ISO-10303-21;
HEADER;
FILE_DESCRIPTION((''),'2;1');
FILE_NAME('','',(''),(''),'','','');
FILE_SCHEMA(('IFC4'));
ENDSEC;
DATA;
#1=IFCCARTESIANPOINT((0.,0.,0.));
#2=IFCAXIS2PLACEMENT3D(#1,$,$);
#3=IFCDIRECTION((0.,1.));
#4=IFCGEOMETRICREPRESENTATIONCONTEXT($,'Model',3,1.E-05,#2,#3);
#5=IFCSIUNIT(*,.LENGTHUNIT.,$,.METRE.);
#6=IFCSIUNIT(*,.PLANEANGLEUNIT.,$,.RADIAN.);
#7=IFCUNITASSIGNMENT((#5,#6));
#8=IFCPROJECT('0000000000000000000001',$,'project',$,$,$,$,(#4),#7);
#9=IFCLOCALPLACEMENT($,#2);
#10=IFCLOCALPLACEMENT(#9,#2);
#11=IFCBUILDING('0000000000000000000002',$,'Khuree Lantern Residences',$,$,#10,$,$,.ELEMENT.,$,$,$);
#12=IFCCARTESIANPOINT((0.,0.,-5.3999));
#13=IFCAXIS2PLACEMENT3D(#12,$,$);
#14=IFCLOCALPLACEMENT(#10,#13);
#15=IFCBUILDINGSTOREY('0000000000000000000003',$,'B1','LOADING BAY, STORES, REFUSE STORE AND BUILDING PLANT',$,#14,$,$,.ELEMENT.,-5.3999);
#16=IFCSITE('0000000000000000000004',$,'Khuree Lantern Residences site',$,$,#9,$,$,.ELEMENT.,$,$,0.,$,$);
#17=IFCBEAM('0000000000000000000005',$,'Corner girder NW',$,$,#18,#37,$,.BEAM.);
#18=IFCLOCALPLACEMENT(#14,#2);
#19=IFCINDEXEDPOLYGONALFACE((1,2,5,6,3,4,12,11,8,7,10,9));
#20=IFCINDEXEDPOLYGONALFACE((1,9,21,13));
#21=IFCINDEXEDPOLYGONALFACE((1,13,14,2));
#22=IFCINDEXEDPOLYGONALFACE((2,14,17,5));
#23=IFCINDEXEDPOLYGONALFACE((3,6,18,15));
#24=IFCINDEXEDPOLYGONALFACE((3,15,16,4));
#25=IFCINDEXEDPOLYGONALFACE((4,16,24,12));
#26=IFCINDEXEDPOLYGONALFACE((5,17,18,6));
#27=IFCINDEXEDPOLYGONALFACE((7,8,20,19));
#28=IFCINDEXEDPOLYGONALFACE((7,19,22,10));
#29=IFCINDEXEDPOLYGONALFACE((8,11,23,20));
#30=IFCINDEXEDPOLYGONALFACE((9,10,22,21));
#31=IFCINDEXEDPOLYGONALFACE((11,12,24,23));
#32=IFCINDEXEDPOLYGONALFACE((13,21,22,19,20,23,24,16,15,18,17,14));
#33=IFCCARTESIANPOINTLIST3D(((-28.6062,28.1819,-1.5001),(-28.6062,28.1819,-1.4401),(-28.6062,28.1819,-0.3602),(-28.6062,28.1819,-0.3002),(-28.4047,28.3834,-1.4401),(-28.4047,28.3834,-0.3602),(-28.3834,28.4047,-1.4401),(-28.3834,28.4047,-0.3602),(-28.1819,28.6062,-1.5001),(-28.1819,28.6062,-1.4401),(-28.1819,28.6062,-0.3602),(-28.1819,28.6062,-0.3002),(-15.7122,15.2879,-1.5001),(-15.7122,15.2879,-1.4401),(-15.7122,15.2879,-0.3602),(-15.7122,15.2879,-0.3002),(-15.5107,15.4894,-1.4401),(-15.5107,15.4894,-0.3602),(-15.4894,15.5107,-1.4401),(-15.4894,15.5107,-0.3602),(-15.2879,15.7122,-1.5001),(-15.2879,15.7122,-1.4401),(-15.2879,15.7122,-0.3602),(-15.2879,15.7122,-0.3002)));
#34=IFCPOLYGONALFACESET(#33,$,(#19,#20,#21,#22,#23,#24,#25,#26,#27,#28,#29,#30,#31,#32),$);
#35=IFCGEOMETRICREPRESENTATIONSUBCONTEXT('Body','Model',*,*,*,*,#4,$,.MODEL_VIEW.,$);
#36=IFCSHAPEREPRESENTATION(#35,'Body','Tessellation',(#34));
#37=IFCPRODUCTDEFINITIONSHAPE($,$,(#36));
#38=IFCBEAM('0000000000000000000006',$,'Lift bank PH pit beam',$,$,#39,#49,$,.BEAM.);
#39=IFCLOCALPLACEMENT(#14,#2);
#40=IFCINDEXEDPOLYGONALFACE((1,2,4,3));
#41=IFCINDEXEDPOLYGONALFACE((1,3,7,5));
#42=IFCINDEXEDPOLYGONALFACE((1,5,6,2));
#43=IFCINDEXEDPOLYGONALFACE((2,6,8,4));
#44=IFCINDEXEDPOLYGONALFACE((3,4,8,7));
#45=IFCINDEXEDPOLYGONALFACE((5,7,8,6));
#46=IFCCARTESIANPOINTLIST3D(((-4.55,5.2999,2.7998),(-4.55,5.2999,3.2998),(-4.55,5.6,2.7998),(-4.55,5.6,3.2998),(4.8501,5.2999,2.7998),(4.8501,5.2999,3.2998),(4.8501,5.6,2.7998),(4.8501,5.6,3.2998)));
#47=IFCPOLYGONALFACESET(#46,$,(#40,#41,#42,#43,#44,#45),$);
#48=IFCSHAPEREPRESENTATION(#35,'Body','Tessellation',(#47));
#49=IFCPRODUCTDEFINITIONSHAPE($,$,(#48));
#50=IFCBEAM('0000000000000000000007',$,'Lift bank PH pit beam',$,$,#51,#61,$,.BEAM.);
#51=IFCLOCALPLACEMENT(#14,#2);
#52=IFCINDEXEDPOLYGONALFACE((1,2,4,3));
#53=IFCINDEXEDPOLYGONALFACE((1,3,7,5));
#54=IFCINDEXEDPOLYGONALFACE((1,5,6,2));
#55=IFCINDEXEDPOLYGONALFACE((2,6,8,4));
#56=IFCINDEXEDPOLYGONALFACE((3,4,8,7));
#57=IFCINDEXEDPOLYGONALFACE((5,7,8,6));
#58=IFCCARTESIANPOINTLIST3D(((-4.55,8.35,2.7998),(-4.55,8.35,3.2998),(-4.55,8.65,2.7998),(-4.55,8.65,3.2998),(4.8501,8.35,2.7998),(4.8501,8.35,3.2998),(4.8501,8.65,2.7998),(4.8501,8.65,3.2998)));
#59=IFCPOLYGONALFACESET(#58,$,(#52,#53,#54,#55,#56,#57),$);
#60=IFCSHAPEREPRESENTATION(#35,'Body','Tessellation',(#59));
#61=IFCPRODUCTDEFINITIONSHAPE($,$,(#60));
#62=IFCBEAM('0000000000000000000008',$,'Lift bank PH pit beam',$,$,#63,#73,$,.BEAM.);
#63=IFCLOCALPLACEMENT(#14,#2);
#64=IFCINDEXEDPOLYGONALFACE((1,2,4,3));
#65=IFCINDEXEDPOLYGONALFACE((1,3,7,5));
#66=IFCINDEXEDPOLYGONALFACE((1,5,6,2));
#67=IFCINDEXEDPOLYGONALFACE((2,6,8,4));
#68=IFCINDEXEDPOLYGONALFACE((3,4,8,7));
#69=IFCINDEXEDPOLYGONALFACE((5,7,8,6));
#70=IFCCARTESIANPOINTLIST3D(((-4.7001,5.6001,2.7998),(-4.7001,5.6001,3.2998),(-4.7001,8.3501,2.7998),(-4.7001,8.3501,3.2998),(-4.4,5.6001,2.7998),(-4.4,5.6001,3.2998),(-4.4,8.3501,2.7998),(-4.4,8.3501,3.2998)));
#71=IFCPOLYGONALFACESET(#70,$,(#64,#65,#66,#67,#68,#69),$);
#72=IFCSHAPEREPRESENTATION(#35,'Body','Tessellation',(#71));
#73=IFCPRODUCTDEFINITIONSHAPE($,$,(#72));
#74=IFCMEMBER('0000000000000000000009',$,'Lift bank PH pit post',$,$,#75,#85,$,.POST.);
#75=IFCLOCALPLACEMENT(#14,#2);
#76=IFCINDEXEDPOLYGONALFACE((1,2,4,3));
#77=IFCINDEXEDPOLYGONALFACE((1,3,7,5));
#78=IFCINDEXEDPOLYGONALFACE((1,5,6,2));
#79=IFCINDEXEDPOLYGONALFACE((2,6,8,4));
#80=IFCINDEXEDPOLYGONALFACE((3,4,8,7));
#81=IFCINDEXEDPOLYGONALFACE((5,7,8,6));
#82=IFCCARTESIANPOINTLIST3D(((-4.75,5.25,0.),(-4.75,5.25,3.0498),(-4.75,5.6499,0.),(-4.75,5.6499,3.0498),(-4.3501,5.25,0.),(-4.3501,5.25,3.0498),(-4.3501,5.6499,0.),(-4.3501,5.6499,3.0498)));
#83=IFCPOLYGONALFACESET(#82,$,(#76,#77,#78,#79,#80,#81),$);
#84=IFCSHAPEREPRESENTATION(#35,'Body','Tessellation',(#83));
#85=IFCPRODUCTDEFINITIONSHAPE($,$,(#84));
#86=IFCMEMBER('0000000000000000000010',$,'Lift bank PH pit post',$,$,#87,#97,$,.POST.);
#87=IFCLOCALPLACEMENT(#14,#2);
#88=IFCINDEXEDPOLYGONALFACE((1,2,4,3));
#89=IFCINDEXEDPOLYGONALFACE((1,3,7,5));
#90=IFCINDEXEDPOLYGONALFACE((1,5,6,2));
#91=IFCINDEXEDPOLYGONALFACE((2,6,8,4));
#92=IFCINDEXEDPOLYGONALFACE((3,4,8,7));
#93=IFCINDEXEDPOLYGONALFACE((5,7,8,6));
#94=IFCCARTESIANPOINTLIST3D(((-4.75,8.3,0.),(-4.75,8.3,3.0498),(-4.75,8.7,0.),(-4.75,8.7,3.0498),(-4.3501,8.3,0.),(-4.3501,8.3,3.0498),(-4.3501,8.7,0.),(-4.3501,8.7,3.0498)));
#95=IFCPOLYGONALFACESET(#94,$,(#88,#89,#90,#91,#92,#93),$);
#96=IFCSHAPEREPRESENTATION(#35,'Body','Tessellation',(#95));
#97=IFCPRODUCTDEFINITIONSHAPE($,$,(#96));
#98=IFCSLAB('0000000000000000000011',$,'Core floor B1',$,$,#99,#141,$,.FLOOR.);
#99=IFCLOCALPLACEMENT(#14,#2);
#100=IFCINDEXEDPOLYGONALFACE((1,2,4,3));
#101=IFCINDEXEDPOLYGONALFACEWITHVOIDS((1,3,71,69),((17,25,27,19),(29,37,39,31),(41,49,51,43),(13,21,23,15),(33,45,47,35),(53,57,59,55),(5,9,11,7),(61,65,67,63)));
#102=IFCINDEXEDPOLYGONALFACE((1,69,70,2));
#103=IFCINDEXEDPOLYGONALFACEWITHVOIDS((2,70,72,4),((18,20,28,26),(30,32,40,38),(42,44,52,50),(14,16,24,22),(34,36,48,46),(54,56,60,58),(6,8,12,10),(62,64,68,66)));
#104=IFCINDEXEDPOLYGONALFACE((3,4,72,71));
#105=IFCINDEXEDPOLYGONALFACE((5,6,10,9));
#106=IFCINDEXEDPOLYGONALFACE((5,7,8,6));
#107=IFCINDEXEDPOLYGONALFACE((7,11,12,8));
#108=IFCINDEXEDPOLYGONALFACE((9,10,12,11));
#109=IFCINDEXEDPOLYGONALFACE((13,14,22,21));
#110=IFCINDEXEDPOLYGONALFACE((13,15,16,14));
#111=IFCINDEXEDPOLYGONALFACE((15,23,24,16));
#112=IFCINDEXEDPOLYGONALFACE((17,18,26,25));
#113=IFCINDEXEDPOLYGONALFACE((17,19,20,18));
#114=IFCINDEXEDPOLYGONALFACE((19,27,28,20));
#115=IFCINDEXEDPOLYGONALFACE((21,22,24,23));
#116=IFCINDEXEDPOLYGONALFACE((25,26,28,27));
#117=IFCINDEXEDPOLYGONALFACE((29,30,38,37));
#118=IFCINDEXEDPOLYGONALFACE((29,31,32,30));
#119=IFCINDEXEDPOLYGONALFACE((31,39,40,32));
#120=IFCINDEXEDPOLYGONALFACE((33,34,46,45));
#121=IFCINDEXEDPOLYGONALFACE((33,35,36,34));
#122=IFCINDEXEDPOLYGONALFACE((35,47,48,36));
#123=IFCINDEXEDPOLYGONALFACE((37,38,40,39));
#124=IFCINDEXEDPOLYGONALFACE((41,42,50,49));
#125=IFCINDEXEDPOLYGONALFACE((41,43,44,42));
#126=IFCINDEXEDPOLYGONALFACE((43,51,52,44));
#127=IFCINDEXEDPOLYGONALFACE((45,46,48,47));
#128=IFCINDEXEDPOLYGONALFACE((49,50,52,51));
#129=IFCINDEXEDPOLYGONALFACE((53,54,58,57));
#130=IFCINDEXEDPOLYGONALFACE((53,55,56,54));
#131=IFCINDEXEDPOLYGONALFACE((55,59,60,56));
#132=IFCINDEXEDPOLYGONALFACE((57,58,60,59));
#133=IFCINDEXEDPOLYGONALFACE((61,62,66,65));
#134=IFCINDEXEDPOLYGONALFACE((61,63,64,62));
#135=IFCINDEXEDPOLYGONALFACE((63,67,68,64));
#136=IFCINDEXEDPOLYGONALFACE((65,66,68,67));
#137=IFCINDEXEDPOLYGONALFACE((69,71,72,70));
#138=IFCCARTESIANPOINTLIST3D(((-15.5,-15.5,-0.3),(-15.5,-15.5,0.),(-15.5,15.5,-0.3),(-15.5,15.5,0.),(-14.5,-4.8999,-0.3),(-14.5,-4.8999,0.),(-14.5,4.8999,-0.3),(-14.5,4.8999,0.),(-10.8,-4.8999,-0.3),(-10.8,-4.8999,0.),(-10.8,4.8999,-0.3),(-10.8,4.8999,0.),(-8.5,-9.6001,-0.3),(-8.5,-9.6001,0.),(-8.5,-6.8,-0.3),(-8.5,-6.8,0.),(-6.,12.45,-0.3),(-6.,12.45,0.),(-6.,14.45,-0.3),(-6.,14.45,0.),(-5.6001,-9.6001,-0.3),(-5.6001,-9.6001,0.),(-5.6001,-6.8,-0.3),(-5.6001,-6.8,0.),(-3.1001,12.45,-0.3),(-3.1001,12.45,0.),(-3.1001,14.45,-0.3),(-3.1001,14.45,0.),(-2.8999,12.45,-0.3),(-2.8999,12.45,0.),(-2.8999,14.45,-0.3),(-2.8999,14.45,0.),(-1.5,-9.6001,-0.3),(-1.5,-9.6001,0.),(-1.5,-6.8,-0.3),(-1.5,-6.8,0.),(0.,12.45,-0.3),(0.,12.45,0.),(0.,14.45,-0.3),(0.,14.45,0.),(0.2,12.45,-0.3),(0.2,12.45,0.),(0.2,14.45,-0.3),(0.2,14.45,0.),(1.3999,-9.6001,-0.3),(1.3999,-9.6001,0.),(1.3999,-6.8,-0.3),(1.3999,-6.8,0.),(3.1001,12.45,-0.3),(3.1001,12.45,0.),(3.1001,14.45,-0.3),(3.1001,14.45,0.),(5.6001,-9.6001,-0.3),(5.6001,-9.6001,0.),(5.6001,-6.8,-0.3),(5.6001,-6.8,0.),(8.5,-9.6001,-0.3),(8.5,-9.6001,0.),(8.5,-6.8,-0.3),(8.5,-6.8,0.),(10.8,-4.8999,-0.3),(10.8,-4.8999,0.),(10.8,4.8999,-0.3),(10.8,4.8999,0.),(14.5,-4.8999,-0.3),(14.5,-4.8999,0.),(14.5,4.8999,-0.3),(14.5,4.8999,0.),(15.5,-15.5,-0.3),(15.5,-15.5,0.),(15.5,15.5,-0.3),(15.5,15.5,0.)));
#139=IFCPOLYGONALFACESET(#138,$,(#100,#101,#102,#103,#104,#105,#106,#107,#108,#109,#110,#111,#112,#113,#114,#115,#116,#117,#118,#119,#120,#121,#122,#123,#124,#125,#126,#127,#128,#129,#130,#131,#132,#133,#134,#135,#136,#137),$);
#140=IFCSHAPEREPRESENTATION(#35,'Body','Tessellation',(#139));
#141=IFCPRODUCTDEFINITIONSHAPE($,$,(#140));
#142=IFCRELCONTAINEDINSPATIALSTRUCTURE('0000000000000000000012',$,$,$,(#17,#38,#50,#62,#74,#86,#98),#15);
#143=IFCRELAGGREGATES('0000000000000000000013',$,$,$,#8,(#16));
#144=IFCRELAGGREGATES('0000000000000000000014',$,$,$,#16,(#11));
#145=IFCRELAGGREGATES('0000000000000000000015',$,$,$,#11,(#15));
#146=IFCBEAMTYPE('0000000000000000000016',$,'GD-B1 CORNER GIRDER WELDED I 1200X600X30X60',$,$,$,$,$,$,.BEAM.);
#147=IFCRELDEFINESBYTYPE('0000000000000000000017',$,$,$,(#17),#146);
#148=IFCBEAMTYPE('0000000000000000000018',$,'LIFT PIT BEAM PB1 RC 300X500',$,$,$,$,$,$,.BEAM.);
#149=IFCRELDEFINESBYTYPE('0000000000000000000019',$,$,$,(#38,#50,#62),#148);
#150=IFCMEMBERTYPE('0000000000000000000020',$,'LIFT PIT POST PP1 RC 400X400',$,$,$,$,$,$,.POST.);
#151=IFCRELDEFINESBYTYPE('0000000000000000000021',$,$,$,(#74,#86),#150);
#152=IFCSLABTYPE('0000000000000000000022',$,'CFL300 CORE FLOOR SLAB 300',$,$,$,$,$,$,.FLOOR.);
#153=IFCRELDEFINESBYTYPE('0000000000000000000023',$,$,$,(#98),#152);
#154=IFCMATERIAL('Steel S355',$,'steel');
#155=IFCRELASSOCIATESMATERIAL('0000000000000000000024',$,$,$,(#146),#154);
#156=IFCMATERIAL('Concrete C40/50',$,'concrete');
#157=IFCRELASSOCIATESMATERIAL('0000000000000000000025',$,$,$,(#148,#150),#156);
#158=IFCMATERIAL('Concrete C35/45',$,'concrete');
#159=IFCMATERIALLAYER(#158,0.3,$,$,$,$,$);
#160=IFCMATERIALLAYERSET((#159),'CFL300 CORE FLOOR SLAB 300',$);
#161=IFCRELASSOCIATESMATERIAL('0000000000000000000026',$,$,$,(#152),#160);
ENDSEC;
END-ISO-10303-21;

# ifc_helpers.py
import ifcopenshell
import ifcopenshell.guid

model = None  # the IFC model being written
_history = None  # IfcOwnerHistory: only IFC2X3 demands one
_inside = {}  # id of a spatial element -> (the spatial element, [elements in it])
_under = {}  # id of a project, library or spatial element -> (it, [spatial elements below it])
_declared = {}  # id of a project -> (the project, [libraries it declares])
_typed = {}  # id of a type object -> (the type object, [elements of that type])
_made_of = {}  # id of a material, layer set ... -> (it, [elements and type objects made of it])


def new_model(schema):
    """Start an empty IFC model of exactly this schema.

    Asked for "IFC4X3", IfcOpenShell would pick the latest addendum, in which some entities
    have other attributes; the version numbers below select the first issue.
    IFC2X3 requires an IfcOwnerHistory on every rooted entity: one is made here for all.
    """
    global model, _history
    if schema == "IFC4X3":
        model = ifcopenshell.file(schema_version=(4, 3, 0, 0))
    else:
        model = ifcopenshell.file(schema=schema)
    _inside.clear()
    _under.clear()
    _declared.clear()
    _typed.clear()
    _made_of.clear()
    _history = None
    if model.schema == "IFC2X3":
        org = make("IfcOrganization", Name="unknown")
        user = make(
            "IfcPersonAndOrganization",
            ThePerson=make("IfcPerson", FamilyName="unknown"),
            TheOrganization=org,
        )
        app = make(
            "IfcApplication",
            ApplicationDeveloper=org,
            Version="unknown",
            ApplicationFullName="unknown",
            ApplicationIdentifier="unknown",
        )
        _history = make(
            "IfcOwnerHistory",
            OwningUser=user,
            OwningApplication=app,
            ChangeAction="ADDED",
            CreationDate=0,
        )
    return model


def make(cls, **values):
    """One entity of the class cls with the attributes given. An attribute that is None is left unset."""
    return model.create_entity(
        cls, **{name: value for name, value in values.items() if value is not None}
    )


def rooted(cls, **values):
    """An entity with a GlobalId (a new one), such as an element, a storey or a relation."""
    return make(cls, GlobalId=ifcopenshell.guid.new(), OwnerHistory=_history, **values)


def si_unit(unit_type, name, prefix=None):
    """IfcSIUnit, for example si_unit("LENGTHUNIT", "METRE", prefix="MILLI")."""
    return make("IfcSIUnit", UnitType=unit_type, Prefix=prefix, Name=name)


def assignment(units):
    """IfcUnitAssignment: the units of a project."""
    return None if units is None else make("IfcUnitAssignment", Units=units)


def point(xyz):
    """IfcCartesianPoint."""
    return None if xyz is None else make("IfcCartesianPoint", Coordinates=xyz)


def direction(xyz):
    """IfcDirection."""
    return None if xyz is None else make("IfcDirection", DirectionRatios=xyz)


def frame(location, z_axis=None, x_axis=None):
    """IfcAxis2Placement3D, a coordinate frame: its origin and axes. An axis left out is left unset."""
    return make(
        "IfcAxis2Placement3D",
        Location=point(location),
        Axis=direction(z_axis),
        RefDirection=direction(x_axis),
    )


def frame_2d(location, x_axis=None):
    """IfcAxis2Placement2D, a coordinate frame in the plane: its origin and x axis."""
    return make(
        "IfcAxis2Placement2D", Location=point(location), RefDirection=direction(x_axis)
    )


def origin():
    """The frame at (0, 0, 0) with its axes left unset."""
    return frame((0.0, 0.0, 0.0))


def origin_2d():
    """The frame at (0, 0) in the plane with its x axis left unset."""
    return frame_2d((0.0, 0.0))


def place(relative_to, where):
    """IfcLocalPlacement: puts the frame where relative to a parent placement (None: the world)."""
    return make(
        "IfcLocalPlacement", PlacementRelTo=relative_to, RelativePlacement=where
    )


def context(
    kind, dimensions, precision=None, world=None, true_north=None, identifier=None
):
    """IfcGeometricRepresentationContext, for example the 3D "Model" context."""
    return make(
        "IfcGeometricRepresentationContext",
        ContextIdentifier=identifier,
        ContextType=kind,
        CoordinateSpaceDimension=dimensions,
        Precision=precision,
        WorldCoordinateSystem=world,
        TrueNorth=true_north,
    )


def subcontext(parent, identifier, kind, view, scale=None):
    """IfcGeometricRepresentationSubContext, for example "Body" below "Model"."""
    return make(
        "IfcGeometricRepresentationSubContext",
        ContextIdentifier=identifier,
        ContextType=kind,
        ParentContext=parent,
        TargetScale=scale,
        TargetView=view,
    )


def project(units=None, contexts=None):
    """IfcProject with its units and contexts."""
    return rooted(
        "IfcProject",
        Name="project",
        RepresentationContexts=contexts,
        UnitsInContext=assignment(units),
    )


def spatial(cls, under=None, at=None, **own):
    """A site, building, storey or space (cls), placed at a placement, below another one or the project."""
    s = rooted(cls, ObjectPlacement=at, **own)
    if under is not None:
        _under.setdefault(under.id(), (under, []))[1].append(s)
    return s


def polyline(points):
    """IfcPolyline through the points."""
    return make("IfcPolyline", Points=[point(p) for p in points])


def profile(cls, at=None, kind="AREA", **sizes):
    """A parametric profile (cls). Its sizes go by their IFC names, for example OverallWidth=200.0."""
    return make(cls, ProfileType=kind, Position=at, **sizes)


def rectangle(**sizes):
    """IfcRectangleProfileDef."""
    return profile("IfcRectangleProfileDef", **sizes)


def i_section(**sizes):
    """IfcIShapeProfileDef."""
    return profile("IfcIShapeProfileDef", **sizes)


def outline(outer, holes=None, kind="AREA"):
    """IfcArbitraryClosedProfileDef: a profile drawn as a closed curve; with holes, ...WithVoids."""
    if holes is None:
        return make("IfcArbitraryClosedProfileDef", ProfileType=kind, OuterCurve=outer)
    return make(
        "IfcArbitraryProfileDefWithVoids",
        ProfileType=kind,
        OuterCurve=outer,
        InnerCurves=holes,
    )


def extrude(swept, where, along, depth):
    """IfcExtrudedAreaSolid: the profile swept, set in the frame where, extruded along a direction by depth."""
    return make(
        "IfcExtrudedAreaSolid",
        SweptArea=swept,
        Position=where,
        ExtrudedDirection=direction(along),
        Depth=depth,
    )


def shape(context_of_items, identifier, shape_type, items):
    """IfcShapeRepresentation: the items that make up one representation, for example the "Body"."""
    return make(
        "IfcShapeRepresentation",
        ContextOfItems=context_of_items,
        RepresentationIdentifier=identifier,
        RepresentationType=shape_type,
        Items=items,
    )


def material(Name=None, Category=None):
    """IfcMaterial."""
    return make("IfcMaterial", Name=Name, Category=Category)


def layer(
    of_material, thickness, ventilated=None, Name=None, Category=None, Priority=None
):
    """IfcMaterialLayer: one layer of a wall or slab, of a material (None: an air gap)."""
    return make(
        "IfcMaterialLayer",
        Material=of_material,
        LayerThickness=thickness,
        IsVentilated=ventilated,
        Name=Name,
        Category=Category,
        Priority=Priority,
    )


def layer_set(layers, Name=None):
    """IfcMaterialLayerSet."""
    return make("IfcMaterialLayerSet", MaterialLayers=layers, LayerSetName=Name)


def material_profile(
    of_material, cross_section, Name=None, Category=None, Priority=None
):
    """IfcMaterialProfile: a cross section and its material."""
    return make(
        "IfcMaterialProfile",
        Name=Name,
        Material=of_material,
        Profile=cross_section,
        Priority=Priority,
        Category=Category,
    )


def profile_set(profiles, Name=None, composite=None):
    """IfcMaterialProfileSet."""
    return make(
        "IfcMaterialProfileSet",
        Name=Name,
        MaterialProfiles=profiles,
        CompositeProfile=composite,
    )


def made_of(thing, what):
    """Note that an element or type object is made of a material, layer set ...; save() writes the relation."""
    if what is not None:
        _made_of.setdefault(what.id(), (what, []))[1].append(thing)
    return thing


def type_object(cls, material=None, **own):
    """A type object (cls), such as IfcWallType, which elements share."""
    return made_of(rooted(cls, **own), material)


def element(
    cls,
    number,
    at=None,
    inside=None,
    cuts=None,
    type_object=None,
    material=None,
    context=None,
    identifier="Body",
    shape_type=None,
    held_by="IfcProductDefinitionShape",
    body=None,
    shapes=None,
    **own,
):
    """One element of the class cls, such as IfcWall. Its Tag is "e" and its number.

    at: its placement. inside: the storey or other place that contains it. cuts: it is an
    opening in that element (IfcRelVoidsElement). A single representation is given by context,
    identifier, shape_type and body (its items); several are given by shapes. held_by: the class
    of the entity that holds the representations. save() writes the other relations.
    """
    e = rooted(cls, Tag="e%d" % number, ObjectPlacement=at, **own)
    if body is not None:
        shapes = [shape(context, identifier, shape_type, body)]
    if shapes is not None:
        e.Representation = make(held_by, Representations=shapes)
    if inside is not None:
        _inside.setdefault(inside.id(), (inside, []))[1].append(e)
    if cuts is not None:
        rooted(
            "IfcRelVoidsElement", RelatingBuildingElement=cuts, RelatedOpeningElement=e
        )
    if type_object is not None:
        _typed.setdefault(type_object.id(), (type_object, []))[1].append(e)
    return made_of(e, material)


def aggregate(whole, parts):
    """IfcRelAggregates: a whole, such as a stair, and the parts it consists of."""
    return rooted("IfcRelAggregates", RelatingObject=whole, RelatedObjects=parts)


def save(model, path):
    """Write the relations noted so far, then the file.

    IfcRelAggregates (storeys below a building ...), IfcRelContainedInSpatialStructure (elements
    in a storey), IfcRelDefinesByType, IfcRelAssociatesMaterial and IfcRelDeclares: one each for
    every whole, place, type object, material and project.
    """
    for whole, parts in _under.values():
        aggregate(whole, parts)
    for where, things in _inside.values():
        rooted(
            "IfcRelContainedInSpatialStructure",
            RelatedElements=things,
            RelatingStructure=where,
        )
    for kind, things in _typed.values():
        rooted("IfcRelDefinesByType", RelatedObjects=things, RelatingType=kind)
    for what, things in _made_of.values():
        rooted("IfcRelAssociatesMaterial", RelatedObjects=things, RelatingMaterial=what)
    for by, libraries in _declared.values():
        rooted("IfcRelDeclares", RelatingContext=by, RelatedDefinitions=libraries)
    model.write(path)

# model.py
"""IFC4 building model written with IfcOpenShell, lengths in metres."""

from ifc_helpers import new_model, si_unit, direction, frame, origin, origin_2d, place, context, subcontext, project, spatial, polyline, rectangle, i_section, outline, extrude, material, layer, layer_set, material_profile, profile_set, type_object, element, save


model = new_model("IFC4")

# Units and contexts
model_context = context("Model", 3, precision=1e-05, world=origin(), true_north=direction((0.0, 1.0)))
body_context = subcontext(model_context, "Body", "Model", "MODEL_VIEW")
ifc_project = project(units=[si_unit("LENGTHUNIT", "METRE"), si_unit("PLANEANGLEUNIT", "RADIAN")], contexts=[model_context])

# Site, building, storey
site_placement = place(None, origin())
site = spatial("IfcSite", under=ifc_project, at=site_placement, Name="Khuree Lantern Residences site", CompositionType="ELEMENT", RefElevation=0.0)
building_placement = place(site_placement, origin())
building = spatial("IfcBuilding", under=site, at=building_placement, Name="Khuree Lantern Residences", CompositionType="ELEMENT")
storey_placement = place(building_placement, frame((0.0, 0.0, -5.3999)))
storey = spatial("IfcBuildingStorey", under=building, at=storey_placement, Name="B1", Description="LOADING BAY, STORES, REFUSE STORE AND BUILDING PLANT", CompositionType="ELEMENT", Elevation=-5.3999)

# Beams
ifc_material_1 = material(Name="Steel S355", Category="steel")
ifc_material_profile_1 = material_profile(ifc_material_1, i_section(OverallWidth=0.6001, OverallDepth=1.2, WebThickness=0.03, FlangeThickness=0.0601, at=origin_2d()), Name="WELDED I 1200X600X30X60")
ifc_profile_set_1 = profile_set([ifc_material_profile_1], Name="Steel S355")
beam_type_1 = type_object("IfcBeamType", Name="GD-B1 CORNER GIRDER WELDED I 1200X600X30X60", PredefinedType="BEAM", material=ifc_profile_set_1)
beam_1_placement = place(storey_placement, frame((-28.394, 28.394, -0.9001), z_axis=(0.707107, -0.707107, 0.0), x_axis=(0.707107, 0.707107, 0.0)))
element("IfcBeam", 1, at=beam_1_placement, inside=storey, type_object=beam_type_1, Name="Corner girder NW", PredefinedType="BEAM", context=body_context, shape_type="SweptSolid", body=[
    extrude(i_section(OverallWidth=0.6001, OverallDepth=1.2, WebThickness=0.03, FlangeThickness=0.0601, at=origin_2d()), origin(), (0.0, 0.0, 1.0), 18.2349),
])
ifc_material_2 = material(Name="Concrete C40/50", Category="concrete")
ifc_material_profile_2 = material_profile(ifc_material_2, rectangle(XDim=0.3, YDim=0.5, at=origin_2d()), Name="RC 300X500")
ifc_profile_set_2 = profile_set([ifc_material_profile_2], Name="Concrete C40/50")
beam_type_2 = type_object("IfcBeamType", Name="LIFT PIT BEAM PB1 RC 300X500", PredefinedType="BEAM", material=ifc_profile_set_2)
for number, where, z_axis, x_axis, name in (
    (2, (-4.55, 5.45, 3.0498), (1.0, 0.0, 0.0), (0.0, 1.0, 0.0), "Lift bank PH pit beam"),
    (3, (-4.55, 8.5, 3.0498), (1.0, 0.0, 0.0), (0.0, 1.0, 0.0), "Lift bank PH pit beam"),
):
    element("IfcBeam", number, at=place(storey_placement, frame(where, z_axis=z_axis, x_axis=x_axis)), inside=storey, type_object=beam_type_2, Name=name, PredefinedType="BEAM", context=body_context, shape_type="SweptSolid", body=[
        extrude(rectangle(XDim=0.3, YDim=0.5, at=origin_2d()), origin(), (0.0, 0.0, 1.0), 9.4001),
    ])
beam_2_placement = place(storey_placement, frame((-4.55, 5.6001, 3.0498), z_axis=(0.0, 1.0, 0.0), x_axis=(-1.0, 0.0, 0.0)))
element("IfcBeam", 4, at=beam_2_placement, inside=storey, type_object=beam_type_2, Name="Lift bank PH pit beam", PredefinedType="BEAM", context=body_context, shape_type="SweptSolid", body=[
    extrude(rectangle(XDim=0.3, YDim=0.5, at=origin_2d()), origin(), (0.0, 0.0, 1.0), 2.75),
])

# Members
ifc_material_profile_3 = material_profile(ifc_material_2, rectangle(XDim=0.3999, YDim=0.3999, at=origin_2d()), Name="RC 400X400")
ifc_profile_set_3 = profile_set([ifc_material_profile_3], Name="Concrete C40/50")
member_type = type_object("IfcMemberType", Name="LIFT PIT POST PP1 RC 400X400", PredefinedType="POST", material=ifc_profile_set_3)
for number, where, z_axis, x_axis, name in (
    (5, (-4.55, 5.45, 0.0), (0.0, 0.0, 1.0), (1.0, 0.0, 0.0), "Lift bank PH pit post"),
    (6, (-4.55, 8.5, 0.0), (0.0, 0.0, 1.0), (1.0, 0.0, 0.0), "Lift bank PH pit post"),
):
    element("IfcMember", number, at=place(storey_placement, frame(where, z_axis=z_axis, x_axis=x_axis)), inside=storey, type_object=member_type, Name=name, PredefinedType="POST", context=body_context, shape_type="SweptSolid", body=[
        extrude(rectangle(XDim=0.3999, YDim=0.3999, at=origin_2d()), origin(), (0.0, 0.0, 1.0), 3.0498),
    ])

# Slab
ifc_material_3 = material(Name="Concrete C35/45", Category="concrete")
ifc_layer_1 = layer(ifc_material_3, 0.3)
ifc_layer_set_1 = layer_set([ifc_layer_1], Name="CFL300 CORE FLOOR SLAB 300")
slab_type_1 = type_object("IfcSlabType", Name="CFL300 CORE FLOOR SLAB 300", PredefinedType="FLOOR", material=ifc_layer_set_1)
slab_1_placement = place(storey_placement, frame((0.0, 0.0, -0.3)))
element("IfcSlab", 7, at=slab_1_placement, inside=storey, type_object=slab_type_1, Name="Core floor B1", PredefinedType="FLOOR", context=body_context, shape_type="SweptSolid", body=[
    extrude(outline(polyline([(-15.5, -15.5), (-15.5, 15.5), (15.5, 15.5), (15.5, -15.5), (-15.5, -15.5)]), holes=[polyline([(14.5, 4.8999), (10.8, 4.8999), (10.8, -4.8999), (14.5, -4.8999), (14.5, 4.8999)]), polyline([(8.5, -6.8), (5.6001, -6.8), (5.6001, -9.6001), (8.5, -9.6001), (8.5, -6.8)]), polyline([(3.1001, 14.45), (0.2, 14.45), (0.2, 12.45), (3.1001, 12.45), (3.1001, 14.45)]), polyline([(1.3999, -6.8), (-1.5, -6.8), (-1.5, -9.6001), (1.3999, -9.6001), (1.3999, -6.8)]), polyline([(0.0, 14.45), (-2.8999, 14.45), (-2.8999, 12.45), (0.0, 12.45), (0.0, 14.45)]), polyline([(-3.1001, 14.45), (-6.0, 14.45), (-6.0, 12.45), (-3.1001, 12.45), (-3.1001, 14.45)]), polyline([(-5.6001, -6.8), (-8.5, -6.8), (-8.5, -9.6001), (-5.6001, -9.6001), (-5.6001, -6.8)]), polyline([(-14.5, 4.8999), (-14.5, -4.8999), (-10.8, -4.8999), (-10.8, 4.8999), (-14.5, 4.8999)])]), origin(), (0.0, 0.0, 1.0), 0.3),
])

save(model, "model.ifc")
